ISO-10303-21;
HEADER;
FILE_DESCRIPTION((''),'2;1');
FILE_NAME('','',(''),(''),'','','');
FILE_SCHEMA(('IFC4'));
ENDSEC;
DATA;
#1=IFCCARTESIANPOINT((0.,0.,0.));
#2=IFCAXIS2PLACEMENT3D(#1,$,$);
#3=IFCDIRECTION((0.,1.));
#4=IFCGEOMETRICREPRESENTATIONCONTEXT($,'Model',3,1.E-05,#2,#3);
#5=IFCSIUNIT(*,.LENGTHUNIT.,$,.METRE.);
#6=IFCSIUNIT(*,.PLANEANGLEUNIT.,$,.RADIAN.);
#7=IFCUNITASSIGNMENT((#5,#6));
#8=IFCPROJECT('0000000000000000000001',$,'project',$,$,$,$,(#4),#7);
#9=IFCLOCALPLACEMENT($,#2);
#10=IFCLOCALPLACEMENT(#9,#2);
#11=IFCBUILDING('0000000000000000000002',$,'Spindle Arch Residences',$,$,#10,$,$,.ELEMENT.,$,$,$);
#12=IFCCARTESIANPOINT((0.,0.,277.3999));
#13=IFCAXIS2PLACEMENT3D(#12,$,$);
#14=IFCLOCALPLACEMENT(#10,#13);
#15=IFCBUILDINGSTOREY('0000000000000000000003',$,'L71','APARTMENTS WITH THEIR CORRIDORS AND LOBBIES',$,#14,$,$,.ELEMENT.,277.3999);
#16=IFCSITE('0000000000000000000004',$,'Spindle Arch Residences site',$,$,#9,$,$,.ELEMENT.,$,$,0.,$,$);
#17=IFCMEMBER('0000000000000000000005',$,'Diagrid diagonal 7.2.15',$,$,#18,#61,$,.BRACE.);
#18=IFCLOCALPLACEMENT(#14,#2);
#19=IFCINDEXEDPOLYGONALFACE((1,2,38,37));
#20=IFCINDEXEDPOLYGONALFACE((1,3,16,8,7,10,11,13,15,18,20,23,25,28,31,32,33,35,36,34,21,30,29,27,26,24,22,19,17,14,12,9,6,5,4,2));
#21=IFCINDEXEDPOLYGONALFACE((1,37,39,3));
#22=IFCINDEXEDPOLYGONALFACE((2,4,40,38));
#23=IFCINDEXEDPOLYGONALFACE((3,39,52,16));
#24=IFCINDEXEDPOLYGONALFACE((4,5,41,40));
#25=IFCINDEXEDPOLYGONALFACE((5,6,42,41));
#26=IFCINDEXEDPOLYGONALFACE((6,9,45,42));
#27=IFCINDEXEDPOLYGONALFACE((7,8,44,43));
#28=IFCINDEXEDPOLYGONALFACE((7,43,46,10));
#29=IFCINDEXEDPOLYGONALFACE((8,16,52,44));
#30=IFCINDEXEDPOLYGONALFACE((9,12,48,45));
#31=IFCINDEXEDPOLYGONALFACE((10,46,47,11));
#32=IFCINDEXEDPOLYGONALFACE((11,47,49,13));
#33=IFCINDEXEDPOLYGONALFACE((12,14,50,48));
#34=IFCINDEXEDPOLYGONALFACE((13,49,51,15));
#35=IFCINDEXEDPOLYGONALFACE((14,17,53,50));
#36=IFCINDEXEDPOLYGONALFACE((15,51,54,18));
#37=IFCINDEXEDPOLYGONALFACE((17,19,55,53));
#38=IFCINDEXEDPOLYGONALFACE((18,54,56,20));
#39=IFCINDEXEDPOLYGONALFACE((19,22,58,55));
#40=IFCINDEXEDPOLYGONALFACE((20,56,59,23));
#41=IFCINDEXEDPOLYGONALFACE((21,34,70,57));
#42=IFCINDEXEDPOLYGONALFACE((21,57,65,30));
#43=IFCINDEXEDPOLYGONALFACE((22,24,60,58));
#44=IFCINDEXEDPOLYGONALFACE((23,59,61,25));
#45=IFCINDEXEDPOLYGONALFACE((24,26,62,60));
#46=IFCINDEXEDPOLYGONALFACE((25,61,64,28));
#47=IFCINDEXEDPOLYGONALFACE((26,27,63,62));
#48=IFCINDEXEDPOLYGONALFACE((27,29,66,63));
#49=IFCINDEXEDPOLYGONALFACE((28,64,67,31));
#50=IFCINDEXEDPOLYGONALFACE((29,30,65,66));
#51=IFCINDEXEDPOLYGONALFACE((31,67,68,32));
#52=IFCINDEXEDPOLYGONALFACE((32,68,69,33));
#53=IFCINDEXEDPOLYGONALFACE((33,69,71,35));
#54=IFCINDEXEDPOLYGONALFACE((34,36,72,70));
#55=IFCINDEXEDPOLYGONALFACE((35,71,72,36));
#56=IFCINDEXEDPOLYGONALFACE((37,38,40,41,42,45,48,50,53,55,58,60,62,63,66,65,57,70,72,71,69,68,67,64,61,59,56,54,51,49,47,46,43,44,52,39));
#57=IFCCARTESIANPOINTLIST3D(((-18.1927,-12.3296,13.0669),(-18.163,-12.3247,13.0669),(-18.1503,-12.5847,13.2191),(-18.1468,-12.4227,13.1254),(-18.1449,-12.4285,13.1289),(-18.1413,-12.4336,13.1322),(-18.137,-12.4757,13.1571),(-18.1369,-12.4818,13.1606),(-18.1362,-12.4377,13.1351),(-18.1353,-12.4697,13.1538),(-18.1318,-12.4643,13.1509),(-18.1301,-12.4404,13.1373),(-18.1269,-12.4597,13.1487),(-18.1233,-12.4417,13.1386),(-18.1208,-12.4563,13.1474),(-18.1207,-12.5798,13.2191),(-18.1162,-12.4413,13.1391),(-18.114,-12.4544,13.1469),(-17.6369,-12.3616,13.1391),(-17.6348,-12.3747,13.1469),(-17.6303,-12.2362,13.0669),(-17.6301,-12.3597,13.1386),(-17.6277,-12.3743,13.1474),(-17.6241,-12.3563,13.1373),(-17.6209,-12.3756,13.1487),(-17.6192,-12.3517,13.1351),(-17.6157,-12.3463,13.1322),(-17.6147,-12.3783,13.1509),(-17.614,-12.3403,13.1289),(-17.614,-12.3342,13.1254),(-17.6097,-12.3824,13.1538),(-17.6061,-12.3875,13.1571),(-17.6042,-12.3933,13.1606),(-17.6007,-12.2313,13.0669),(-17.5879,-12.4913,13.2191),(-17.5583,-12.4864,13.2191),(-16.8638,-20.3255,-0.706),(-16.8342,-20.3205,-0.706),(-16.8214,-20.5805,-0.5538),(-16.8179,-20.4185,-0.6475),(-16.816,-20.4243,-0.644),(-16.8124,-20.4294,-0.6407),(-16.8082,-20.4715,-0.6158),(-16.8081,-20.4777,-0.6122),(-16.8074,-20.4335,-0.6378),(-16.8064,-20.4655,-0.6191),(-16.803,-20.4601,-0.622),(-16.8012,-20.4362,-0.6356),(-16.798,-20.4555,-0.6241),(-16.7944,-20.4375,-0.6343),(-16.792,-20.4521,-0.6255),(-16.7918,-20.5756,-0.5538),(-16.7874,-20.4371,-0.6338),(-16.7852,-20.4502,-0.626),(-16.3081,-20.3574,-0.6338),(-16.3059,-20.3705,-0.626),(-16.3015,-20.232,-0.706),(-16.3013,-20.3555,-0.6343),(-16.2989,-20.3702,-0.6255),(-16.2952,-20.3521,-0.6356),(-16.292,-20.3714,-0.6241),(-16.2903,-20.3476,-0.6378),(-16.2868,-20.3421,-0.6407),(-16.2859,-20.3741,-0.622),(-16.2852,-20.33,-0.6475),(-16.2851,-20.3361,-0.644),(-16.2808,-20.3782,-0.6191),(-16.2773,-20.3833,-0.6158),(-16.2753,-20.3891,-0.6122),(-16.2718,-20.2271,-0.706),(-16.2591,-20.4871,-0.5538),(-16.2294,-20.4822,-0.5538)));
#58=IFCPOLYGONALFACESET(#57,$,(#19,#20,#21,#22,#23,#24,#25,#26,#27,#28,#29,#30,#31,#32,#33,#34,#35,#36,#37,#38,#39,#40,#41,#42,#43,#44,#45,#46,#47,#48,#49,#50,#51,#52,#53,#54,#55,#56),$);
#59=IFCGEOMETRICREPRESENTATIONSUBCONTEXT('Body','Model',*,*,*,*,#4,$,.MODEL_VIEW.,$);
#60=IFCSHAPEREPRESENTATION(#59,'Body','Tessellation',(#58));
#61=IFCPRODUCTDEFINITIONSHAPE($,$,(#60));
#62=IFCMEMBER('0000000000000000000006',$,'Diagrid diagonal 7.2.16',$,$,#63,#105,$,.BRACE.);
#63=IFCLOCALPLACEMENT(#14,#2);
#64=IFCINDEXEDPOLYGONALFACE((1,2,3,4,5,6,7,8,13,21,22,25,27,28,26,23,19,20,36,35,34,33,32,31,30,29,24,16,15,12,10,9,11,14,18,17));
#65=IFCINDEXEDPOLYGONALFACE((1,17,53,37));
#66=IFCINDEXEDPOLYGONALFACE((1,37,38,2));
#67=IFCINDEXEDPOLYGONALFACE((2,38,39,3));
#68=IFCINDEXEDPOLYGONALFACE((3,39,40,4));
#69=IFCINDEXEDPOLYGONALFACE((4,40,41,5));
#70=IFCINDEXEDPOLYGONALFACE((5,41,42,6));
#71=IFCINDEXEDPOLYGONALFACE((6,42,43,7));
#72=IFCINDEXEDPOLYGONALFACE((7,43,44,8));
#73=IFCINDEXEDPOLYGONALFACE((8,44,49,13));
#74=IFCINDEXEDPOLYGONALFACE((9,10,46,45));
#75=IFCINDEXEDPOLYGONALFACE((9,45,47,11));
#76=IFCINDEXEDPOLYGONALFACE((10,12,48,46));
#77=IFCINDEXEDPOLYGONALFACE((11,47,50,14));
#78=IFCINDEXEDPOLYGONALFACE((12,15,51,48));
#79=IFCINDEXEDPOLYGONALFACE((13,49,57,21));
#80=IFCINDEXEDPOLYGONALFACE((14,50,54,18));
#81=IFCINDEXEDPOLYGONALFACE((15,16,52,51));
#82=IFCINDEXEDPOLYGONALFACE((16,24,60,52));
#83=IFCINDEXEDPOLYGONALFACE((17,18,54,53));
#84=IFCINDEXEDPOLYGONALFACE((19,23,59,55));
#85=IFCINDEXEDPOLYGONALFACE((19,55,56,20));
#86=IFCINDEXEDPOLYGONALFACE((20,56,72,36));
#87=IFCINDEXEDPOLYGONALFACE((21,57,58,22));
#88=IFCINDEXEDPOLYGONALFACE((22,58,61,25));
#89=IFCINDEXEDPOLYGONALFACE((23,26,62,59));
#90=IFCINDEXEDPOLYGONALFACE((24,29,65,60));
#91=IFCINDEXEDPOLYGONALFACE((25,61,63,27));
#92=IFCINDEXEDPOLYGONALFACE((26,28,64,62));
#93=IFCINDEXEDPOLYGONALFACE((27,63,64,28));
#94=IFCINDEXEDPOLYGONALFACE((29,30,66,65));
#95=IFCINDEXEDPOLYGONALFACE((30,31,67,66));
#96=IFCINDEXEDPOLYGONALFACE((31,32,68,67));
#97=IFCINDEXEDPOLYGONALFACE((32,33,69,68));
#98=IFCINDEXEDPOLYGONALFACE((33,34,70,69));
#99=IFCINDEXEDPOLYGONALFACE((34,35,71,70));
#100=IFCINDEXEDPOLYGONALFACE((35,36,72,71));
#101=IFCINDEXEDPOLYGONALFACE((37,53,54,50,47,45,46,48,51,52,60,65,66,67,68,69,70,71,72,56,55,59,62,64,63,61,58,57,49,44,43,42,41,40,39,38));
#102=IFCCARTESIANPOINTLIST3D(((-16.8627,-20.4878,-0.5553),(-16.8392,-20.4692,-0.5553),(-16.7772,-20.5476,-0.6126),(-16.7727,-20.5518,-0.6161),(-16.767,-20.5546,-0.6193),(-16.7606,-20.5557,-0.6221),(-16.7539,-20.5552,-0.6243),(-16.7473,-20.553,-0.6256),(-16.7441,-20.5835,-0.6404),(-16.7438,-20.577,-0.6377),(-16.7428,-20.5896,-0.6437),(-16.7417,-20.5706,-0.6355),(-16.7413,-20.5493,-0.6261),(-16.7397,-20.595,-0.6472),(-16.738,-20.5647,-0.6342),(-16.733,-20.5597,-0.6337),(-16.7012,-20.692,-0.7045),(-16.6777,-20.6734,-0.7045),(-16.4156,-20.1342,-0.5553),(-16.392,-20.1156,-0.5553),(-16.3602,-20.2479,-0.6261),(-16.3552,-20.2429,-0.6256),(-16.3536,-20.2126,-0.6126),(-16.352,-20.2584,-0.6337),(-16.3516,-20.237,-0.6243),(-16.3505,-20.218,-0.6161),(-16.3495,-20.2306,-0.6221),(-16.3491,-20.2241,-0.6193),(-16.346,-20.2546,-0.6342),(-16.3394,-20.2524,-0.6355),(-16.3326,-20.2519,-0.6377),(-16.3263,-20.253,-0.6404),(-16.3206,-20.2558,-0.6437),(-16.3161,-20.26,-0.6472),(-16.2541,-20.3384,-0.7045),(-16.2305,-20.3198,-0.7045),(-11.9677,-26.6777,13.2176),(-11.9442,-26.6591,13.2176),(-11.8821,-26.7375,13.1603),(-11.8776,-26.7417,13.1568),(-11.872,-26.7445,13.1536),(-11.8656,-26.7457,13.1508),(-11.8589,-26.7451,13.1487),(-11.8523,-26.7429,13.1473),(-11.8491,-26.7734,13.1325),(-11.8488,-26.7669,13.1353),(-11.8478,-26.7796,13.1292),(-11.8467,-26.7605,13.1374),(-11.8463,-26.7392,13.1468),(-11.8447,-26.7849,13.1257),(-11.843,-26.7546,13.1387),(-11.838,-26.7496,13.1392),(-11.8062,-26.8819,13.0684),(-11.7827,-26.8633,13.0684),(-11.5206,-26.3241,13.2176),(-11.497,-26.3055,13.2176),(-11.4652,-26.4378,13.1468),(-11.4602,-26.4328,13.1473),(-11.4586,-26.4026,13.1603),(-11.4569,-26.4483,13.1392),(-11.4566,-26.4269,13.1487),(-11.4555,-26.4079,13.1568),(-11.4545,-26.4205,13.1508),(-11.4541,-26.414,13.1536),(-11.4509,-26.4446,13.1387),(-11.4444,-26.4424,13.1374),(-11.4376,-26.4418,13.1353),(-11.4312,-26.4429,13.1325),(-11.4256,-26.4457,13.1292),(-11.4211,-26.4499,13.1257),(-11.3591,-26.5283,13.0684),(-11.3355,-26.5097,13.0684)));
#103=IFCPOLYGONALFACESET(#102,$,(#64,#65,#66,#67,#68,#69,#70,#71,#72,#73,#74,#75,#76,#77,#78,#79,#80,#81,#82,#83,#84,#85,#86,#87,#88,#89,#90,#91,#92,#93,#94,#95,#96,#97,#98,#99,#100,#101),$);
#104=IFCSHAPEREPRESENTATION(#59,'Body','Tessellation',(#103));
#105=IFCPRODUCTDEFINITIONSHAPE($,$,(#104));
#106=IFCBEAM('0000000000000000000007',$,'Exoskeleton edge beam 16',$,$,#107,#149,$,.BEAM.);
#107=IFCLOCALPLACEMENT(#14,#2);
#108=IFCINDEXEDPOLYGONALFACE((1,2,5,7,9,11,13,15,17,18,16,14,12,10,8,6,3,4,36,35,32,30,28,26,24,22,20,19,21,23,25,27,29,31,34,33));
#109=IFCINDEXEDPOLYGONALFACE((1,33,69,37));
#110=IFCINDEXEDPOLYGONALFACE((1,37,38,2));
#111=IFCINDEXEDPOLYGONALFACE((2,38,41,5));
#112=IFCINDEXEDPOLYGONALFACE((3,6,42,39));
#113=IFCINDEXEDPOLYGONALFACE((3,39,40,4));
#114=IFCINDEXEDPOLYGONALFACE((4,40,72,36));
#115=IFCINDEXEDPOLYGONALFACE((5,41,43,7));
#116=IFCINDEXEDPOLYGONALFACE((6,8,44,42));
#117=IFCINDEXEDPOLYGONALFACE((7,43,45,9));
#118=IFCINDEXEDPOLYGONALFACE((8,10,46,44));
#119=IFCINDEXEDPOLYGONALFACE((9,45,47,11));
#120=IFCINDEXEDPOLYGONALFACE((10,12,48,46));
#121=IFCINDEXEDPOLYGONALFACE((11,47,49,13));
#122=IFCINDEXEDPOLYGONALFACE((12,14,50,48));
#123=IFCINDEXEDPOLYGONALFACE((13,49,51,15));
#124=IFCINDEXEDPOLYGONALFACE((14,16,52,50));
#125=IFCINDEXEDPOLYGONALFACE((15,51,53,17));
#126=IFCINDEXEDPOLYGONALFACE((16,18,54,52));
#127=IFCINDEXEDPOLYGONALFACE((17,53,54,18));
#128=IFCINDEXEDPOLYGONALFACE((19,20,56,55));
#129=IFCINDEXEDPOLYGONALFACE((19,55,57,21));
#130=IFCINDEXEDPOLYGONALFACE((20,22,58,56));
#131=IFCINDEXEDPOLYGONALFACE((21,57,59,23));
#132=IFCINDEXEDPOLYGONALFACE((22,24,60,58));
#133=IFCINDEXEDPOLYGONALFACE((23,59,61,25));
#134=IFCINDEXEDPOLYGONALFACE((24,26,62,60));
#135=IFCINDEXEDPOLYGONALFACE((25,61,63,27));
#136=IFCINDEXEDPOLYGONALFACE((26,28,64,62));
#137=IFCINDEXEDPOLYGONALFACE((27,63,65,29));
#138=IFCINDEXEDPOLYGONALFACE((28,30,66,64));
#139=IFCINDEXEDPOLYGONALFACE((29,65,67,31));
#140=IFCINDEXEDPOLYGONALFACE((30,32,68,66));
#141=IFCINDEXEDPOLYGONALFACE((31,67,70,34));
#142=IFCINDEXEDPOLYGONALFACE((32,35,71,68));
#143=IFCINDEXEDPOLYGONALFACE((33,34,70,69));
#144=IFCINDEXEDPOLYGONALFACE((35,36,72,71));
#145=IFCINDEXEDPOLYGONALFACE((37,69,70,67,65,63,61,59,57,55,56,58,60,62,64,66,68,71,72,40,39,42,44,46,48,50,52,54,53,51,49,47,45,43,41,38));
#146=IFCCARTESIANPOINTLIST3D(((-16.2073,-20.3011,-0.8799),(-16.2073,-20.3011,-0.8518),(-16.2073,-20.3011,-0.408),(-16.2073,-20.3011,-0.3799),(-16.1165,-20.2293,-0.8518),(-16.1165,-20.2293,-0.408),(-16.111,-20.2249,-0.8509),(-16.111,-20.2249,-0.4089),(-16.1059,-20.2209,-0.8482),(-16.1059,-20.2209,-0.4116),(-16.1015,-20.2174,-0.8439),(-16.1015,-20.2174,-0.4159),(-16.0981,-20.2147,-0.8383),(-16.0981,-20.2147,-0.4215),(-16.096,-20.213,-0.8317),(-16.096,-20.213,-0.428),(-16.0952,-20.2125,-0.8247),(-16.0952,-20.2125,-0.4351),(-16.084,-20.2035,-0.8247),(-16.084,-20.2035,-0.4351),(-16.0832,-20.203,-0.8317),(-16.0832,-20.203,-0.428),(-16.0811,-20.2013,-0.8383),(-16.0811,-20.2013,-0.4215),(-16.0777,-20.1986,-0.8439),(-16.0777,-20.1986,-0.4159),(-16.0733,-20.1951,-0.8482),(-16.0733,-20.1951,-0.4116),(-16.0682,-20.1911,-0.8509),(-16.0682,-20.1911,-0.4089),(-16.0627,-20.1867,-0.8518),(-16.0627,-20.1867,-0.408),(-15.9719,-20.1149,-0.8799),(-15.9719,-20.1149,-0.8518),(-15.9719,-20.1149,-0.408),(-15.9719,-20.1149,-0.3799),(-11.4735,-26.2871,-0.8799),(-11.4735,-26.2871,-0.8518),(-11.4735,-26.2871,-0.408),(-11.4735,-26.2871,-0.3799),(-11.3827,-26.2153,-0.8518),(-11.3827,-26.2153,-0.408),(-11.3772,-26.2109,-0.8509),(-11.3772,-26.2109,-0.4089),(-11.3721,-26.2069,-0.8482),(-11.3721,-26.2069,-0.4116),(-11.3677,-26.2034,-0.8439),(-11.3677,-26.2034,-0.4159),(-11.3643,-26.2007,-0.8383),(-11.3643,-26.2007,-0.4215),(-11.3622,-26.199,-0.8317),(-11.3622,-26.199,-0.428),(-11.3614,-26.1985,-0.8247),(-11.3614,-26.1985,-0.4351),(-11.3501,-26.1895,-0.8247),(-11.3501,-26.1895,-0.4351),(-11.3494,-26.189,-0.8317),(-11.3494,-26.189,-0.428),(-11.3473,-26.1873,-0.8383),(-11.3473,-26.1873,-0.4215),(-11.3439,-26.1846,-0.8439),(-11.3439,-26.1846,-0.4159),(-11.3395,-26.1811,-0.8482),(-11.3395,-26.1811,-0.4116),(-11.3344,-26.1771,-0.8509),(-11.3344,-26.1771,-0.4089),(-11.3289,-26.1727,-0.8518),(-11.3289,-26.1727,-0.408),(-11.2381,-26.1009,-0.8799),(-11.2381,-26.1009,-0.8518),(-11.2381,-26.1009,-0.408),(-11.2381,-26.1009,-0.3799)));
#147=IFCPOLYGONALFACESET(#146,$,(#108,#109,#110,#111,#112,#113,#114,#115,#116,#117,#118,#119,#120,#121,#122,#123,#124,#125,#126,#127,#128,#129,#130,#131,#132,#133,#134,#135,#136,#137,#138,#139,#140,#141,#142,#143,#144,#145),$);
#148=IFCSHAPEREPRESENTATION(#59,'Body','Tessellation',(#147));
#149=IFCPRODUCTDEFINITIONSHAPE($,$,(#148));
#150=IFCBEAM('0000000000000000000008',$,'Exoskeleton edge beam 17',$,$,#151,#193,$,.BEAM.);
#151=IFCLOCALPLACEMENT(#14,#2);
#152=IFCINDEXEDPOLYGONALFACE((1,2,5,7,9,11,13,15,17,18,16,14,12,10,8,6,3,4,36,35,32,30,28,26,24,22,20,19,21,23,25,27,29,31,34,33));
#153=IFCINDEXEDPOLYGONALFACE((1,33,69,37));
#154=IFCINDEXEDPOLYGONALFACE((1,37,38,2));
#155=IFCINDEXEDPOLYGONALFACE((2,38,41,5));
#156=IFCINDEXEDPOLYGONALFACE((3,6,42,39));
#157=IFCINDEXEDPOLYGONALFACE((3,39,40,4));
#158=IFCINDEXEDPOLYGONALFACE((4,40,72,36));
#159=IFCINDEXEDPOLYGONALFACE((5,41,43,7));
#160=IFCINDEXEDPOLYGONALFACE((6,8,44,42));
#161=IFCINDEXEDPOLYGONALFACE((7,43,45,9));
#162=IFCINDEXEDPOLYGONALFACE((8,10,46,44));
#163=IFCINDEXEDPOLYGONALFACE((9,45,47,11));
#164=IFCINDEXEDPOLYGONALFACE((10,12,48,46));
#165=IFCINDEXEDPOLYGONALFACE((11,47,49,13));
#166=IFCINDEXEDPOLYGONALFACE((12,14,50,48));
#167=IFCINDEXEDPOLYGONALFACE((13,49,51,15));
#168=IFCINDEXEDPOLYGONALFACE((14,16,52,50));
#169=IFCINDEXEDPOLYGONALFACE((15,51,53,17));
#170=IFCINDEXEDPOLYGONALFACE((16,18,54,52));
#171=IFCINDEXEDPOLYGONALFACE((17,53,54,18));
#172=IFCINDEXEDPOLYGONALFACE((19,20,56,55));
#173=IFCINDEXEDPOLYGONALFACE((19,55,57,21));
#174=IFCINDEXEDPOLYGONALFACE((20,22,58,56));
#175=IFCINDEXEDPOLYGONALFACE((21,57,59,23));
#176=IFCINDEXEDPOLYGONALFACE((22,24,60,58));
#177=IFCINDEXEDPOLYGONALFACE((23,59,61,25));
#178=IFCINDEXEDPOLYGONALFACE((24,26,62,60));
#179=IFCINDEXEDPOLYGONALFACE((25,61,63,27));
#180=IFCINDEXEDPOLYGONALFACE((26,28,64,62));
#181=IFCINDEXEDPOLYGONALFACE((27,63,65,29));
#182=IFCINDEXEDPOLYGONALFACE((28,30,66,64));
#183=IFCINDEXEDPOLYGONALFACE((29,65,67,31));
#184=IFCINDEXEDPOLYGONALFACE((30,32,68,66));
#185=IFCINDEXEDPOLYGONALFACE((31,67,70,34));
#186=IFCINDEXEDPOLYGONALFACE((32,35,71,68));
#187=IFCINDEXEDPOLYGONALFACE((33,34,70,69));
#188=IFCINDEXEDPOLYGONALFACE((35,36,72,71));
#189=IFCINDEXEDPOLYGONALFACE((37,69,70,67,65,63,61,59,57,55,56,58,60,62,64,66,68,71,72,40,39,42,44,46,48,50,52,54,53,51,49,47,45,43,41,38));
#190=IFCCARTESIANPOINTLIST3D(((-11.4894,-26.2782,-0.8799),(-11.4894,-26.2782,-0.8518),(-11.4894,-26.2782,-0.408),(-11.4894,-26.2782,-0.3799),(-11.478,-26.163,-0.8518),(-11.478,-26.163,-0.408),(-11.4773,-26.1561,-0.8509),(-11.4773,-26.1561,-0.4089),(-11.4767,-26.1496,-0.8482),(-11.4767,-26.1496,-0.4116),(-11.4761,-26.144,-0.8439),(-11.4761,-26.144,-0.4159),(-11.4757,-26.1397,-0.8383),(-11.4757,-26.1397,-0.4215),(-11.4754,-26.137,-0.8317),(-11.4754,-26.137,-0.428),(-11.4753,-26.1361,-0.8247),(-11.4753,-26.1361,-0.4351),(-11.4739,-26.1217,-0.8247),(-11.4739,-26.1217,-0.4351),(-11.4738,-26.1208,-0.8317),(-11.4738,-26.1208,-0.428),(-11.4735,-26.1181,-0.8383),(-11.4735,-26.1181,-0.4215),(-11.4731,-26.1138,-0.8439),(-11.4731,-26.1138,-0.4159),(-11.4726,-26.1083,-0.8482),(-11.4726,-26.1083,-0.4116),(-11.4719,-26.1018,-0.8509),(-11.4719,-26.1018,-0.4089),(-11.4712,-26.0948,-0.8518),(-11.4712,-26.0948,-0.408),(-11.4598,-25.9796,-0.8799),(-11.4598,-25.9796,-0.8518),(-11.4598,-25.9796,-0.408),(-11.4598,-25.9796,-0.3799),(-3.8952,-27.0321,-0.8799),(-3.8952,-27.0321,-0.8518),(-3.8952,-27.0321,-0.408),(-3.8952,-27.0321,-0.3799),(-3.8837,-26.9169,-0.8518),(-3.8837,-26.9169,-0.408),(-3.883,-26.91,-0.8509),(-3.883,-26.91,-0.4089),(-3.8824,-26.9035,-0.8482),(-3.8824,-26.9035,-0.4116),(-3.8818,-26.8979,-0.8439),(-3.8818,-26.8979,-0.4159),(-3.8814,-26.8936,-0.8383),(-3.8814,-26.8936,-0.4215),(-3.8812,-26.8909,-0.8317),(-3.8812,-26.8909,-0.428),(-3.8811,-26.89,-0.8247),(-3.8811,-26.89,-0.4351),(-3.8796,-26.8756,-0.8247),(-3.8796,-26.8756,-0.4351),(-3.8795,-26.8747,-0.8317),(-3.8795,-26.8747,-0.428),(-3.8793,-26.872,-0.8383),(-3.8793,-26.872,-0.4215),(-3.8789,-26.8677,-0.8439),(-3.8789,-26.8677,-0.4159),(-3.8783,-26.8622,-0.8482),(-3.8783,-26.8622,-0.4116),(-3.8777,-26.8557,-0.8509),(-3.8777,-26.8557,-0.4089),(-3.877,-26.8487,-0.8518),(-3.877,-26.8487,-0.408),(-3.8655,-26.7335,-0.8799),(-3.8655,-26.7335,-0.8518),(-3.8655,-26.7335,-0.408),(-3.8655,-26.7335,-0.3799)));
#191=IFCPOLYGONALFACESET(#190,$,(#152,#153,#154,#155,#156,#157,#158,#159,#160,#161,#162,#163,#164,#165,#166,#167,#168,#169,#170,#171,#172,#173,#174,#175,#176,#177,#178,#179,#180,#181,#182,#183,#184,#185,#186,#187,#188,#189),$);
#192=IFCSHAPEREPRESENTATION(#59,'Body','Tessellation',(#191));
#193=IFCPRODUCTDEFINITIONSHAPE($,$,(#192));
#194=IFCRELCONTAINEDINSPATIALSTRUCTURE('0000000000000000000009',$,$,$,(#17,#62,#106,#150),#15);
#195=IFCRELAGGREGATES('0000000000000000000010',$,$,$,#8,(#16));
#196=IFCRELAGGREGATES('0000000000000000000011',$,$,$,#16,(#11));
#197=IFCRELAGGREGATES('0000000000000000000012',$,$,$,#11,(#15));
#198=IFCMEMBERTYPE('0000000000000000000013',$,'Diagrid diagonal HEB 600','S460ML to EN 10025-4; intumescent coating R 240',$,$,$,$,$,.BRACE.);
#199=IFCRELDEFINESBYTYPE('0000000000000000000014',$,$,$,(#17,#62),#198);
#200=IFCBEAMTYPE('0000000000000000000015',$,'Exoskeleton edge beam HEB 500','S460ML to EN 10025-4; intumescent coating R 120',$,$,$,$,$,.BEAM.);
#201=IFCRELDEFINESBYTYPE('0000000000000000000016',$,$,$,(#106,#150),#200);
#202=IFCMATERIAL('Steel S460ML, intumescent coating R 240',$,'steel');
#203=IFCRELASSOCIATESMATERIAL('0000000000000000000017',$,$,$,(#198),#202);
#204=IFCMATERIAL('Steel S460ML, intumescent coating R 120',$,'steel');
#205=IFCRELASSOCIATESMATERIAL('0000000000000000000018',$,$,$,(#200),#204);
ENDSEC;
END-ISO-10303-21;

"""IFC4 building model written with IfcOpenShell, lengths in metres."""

from ifc_helpers import new_model, si_unit, direction, frame, origin, origin_2d, place, context, subcontext, project, spatial, i_section, extrude, material, material_profile, profile_set, type_object, element, save


model = new_model("IFC4")

# Units and contexts
model_context = context("Model", 3, precision=1e-05, world=origin(), true_north=direction((0.0, 1.0)))
body_context = subcontext(model_context, "Body", "Model", "MODEL_VIEW")
ifc_project = project(units=[si_unit("LENGTHUNIT", "METRE"), si_unit("PLANEANGLEUNIT", "RADIAN")], contexts=[model_context])

# Site, building, storey
site_placement = place(None, origin())
site = spatial("IfcSite", under=ifc_project, at=site_placement, Name="Spindle Arch Residences site", CompositionType="ELEMENT", RefElevation=0.0)
building_placement = place(site_placement, origin())
building = spatial("IfcBuilding", under=site, at=building_placement, Name="Spindle Arch Residences", CompositionType="ELEMENT")
storey_placement = place(building_placement, frame((0.0, 0.0, 277.3999)))
storey = spatial("IfcBuildingStorey", under=building, at=storey_placement, Name="L71", Description="APARTMENTS WITH THEIR CORRIDORS AND LOBBIES", CompositionType="ELEMENT", Elevation=277.3999)

# Members
ifc_material_1 = material(Name="Steel S460ML, intumescent coating R 240", Category="steel")
ifc_material_profile_1 = material_profile(ifc_material_1, i_section(OverallWidth=0.3, OverallDepth=0.6001, WebThickness=0.0154, FlangeThickness=0.03, FilletRadius=0.0271, at=origin_2d()), Name="HEB 600")
ifc_profile_set_1 = profile_set([ifc_material_profile_1], Name="Steel S460ML, intumescent coating R 240")
member_type_1 = type_object("IfcMemberType", Name="Diagrid diagonal HEB 600", Description="S460ML to EN 10025-4; intumescent coating R 240", PredefinedType="BRACE", material=ifc_profile_set_1)
member_1_placement = place(storey_placement, frame((-16.5466, -20.4038, -0.6299), z_axis=(-0.083152, 0.500334, 0.861831), x_axis=(0.141293, -0.85017, 0.507196)))
element("IfcMember", 1, at=member_1_placement, inside=storey, type_object=member_type_1, Name="Diagrid diagonal 7.2.15", PredefinedType="BRACE", context=body_context, shape_type="SweptSolid", body=[
    extrude(i_section(OverallWidth=0.3, OverallDepth=0.6001, WebThickness=0.0154, FlangeThickness=0.03, FilletRadius=0.0271, at=origin_2d()), origin(), (0.0, 0.0, 1.0), 15.981),
])
member_2_placement = place(storey_placement, frame((-16.5466, -20.4038, -0.6299), z_axis=(0.308375, -0.389952, 0.867665), x_axis=(-0.5382, 0.680575, 0.49715)))
element("IfcMember", 2, at=member_2_placement, inside=storey, type_object=member_type_1, Name="Diagrid diagonal 7.2.16", PredefinedType="BRACE", context=body_context, shape_type="SweptSolid", body=[
    extrude(i_section(OverallWidth=0.3, OverallDepth=0.6001, WebThickness=0.0154, FlangeThickness=0.03, FilletRadius=0.0271, at=origin_2d()), origin(), (0.0, 0.0, 1.0), 15.8735),
])

# Beams
ifc_material_2 = material(Name="Steel S460ML, intumescent coating R 120", Category="steel")
ifc_material_profile_2 = material_profile(ifc_material_2, i_section(OverallWidth=0.3, OverallDepth=0.5, WebThickness=0.0144, FlangeThickness=0.0281, FilletRadius=0.0271, at=origin_2d()), Name="HEB 500")
ifc_profile_set_2 = profile_set([ifc_material_profile_2], Name="Steel S460ML, intumescent coating R 120")
beam_type_1 = type_object("IfcBeamType", Name="Exoskeleton edge beam HEB 500", Description="S460ML to EN 10025-4; intumescent coating R 120", PredefinedType="BEAM", material=ifc_profile_set_2)
for number, where, z_axis, x_axis, name in (
    (3, (-16.0896, -20.208, -0.6299), (0.620292, -0.784371, 0.0), (0.784371, 0.620292, 0.0), "Exoskeleton edge beam 16"),
    (4, (-11.4746, -26.1289, -0.6299), (0.995109, -0.098788, 0.0), (0.098788, 0.995109, 0.0), "Exoskeleton edge beam 17"),
):
    element("IfcBeam", number, at=place(storey_placement, frame(where, z_axis=z_axis, x_axis=x_axis)), inside=storey, type_object=beam_type_1, Name=name, PredefinedType="BEAM", context=body_context, shape_type="SweptSolid", body=[
        extrude(i_section(OverallWidth=0.3, OverallDepth=0.5, WebThickness=0.0144, FlangeThickness=0.0281, FilletRadius=0.0271, at=origin_2d()), origin(), (0.0, 0.0, 1.0), 7.6316),
    ])

save(model, "model.ifc")
